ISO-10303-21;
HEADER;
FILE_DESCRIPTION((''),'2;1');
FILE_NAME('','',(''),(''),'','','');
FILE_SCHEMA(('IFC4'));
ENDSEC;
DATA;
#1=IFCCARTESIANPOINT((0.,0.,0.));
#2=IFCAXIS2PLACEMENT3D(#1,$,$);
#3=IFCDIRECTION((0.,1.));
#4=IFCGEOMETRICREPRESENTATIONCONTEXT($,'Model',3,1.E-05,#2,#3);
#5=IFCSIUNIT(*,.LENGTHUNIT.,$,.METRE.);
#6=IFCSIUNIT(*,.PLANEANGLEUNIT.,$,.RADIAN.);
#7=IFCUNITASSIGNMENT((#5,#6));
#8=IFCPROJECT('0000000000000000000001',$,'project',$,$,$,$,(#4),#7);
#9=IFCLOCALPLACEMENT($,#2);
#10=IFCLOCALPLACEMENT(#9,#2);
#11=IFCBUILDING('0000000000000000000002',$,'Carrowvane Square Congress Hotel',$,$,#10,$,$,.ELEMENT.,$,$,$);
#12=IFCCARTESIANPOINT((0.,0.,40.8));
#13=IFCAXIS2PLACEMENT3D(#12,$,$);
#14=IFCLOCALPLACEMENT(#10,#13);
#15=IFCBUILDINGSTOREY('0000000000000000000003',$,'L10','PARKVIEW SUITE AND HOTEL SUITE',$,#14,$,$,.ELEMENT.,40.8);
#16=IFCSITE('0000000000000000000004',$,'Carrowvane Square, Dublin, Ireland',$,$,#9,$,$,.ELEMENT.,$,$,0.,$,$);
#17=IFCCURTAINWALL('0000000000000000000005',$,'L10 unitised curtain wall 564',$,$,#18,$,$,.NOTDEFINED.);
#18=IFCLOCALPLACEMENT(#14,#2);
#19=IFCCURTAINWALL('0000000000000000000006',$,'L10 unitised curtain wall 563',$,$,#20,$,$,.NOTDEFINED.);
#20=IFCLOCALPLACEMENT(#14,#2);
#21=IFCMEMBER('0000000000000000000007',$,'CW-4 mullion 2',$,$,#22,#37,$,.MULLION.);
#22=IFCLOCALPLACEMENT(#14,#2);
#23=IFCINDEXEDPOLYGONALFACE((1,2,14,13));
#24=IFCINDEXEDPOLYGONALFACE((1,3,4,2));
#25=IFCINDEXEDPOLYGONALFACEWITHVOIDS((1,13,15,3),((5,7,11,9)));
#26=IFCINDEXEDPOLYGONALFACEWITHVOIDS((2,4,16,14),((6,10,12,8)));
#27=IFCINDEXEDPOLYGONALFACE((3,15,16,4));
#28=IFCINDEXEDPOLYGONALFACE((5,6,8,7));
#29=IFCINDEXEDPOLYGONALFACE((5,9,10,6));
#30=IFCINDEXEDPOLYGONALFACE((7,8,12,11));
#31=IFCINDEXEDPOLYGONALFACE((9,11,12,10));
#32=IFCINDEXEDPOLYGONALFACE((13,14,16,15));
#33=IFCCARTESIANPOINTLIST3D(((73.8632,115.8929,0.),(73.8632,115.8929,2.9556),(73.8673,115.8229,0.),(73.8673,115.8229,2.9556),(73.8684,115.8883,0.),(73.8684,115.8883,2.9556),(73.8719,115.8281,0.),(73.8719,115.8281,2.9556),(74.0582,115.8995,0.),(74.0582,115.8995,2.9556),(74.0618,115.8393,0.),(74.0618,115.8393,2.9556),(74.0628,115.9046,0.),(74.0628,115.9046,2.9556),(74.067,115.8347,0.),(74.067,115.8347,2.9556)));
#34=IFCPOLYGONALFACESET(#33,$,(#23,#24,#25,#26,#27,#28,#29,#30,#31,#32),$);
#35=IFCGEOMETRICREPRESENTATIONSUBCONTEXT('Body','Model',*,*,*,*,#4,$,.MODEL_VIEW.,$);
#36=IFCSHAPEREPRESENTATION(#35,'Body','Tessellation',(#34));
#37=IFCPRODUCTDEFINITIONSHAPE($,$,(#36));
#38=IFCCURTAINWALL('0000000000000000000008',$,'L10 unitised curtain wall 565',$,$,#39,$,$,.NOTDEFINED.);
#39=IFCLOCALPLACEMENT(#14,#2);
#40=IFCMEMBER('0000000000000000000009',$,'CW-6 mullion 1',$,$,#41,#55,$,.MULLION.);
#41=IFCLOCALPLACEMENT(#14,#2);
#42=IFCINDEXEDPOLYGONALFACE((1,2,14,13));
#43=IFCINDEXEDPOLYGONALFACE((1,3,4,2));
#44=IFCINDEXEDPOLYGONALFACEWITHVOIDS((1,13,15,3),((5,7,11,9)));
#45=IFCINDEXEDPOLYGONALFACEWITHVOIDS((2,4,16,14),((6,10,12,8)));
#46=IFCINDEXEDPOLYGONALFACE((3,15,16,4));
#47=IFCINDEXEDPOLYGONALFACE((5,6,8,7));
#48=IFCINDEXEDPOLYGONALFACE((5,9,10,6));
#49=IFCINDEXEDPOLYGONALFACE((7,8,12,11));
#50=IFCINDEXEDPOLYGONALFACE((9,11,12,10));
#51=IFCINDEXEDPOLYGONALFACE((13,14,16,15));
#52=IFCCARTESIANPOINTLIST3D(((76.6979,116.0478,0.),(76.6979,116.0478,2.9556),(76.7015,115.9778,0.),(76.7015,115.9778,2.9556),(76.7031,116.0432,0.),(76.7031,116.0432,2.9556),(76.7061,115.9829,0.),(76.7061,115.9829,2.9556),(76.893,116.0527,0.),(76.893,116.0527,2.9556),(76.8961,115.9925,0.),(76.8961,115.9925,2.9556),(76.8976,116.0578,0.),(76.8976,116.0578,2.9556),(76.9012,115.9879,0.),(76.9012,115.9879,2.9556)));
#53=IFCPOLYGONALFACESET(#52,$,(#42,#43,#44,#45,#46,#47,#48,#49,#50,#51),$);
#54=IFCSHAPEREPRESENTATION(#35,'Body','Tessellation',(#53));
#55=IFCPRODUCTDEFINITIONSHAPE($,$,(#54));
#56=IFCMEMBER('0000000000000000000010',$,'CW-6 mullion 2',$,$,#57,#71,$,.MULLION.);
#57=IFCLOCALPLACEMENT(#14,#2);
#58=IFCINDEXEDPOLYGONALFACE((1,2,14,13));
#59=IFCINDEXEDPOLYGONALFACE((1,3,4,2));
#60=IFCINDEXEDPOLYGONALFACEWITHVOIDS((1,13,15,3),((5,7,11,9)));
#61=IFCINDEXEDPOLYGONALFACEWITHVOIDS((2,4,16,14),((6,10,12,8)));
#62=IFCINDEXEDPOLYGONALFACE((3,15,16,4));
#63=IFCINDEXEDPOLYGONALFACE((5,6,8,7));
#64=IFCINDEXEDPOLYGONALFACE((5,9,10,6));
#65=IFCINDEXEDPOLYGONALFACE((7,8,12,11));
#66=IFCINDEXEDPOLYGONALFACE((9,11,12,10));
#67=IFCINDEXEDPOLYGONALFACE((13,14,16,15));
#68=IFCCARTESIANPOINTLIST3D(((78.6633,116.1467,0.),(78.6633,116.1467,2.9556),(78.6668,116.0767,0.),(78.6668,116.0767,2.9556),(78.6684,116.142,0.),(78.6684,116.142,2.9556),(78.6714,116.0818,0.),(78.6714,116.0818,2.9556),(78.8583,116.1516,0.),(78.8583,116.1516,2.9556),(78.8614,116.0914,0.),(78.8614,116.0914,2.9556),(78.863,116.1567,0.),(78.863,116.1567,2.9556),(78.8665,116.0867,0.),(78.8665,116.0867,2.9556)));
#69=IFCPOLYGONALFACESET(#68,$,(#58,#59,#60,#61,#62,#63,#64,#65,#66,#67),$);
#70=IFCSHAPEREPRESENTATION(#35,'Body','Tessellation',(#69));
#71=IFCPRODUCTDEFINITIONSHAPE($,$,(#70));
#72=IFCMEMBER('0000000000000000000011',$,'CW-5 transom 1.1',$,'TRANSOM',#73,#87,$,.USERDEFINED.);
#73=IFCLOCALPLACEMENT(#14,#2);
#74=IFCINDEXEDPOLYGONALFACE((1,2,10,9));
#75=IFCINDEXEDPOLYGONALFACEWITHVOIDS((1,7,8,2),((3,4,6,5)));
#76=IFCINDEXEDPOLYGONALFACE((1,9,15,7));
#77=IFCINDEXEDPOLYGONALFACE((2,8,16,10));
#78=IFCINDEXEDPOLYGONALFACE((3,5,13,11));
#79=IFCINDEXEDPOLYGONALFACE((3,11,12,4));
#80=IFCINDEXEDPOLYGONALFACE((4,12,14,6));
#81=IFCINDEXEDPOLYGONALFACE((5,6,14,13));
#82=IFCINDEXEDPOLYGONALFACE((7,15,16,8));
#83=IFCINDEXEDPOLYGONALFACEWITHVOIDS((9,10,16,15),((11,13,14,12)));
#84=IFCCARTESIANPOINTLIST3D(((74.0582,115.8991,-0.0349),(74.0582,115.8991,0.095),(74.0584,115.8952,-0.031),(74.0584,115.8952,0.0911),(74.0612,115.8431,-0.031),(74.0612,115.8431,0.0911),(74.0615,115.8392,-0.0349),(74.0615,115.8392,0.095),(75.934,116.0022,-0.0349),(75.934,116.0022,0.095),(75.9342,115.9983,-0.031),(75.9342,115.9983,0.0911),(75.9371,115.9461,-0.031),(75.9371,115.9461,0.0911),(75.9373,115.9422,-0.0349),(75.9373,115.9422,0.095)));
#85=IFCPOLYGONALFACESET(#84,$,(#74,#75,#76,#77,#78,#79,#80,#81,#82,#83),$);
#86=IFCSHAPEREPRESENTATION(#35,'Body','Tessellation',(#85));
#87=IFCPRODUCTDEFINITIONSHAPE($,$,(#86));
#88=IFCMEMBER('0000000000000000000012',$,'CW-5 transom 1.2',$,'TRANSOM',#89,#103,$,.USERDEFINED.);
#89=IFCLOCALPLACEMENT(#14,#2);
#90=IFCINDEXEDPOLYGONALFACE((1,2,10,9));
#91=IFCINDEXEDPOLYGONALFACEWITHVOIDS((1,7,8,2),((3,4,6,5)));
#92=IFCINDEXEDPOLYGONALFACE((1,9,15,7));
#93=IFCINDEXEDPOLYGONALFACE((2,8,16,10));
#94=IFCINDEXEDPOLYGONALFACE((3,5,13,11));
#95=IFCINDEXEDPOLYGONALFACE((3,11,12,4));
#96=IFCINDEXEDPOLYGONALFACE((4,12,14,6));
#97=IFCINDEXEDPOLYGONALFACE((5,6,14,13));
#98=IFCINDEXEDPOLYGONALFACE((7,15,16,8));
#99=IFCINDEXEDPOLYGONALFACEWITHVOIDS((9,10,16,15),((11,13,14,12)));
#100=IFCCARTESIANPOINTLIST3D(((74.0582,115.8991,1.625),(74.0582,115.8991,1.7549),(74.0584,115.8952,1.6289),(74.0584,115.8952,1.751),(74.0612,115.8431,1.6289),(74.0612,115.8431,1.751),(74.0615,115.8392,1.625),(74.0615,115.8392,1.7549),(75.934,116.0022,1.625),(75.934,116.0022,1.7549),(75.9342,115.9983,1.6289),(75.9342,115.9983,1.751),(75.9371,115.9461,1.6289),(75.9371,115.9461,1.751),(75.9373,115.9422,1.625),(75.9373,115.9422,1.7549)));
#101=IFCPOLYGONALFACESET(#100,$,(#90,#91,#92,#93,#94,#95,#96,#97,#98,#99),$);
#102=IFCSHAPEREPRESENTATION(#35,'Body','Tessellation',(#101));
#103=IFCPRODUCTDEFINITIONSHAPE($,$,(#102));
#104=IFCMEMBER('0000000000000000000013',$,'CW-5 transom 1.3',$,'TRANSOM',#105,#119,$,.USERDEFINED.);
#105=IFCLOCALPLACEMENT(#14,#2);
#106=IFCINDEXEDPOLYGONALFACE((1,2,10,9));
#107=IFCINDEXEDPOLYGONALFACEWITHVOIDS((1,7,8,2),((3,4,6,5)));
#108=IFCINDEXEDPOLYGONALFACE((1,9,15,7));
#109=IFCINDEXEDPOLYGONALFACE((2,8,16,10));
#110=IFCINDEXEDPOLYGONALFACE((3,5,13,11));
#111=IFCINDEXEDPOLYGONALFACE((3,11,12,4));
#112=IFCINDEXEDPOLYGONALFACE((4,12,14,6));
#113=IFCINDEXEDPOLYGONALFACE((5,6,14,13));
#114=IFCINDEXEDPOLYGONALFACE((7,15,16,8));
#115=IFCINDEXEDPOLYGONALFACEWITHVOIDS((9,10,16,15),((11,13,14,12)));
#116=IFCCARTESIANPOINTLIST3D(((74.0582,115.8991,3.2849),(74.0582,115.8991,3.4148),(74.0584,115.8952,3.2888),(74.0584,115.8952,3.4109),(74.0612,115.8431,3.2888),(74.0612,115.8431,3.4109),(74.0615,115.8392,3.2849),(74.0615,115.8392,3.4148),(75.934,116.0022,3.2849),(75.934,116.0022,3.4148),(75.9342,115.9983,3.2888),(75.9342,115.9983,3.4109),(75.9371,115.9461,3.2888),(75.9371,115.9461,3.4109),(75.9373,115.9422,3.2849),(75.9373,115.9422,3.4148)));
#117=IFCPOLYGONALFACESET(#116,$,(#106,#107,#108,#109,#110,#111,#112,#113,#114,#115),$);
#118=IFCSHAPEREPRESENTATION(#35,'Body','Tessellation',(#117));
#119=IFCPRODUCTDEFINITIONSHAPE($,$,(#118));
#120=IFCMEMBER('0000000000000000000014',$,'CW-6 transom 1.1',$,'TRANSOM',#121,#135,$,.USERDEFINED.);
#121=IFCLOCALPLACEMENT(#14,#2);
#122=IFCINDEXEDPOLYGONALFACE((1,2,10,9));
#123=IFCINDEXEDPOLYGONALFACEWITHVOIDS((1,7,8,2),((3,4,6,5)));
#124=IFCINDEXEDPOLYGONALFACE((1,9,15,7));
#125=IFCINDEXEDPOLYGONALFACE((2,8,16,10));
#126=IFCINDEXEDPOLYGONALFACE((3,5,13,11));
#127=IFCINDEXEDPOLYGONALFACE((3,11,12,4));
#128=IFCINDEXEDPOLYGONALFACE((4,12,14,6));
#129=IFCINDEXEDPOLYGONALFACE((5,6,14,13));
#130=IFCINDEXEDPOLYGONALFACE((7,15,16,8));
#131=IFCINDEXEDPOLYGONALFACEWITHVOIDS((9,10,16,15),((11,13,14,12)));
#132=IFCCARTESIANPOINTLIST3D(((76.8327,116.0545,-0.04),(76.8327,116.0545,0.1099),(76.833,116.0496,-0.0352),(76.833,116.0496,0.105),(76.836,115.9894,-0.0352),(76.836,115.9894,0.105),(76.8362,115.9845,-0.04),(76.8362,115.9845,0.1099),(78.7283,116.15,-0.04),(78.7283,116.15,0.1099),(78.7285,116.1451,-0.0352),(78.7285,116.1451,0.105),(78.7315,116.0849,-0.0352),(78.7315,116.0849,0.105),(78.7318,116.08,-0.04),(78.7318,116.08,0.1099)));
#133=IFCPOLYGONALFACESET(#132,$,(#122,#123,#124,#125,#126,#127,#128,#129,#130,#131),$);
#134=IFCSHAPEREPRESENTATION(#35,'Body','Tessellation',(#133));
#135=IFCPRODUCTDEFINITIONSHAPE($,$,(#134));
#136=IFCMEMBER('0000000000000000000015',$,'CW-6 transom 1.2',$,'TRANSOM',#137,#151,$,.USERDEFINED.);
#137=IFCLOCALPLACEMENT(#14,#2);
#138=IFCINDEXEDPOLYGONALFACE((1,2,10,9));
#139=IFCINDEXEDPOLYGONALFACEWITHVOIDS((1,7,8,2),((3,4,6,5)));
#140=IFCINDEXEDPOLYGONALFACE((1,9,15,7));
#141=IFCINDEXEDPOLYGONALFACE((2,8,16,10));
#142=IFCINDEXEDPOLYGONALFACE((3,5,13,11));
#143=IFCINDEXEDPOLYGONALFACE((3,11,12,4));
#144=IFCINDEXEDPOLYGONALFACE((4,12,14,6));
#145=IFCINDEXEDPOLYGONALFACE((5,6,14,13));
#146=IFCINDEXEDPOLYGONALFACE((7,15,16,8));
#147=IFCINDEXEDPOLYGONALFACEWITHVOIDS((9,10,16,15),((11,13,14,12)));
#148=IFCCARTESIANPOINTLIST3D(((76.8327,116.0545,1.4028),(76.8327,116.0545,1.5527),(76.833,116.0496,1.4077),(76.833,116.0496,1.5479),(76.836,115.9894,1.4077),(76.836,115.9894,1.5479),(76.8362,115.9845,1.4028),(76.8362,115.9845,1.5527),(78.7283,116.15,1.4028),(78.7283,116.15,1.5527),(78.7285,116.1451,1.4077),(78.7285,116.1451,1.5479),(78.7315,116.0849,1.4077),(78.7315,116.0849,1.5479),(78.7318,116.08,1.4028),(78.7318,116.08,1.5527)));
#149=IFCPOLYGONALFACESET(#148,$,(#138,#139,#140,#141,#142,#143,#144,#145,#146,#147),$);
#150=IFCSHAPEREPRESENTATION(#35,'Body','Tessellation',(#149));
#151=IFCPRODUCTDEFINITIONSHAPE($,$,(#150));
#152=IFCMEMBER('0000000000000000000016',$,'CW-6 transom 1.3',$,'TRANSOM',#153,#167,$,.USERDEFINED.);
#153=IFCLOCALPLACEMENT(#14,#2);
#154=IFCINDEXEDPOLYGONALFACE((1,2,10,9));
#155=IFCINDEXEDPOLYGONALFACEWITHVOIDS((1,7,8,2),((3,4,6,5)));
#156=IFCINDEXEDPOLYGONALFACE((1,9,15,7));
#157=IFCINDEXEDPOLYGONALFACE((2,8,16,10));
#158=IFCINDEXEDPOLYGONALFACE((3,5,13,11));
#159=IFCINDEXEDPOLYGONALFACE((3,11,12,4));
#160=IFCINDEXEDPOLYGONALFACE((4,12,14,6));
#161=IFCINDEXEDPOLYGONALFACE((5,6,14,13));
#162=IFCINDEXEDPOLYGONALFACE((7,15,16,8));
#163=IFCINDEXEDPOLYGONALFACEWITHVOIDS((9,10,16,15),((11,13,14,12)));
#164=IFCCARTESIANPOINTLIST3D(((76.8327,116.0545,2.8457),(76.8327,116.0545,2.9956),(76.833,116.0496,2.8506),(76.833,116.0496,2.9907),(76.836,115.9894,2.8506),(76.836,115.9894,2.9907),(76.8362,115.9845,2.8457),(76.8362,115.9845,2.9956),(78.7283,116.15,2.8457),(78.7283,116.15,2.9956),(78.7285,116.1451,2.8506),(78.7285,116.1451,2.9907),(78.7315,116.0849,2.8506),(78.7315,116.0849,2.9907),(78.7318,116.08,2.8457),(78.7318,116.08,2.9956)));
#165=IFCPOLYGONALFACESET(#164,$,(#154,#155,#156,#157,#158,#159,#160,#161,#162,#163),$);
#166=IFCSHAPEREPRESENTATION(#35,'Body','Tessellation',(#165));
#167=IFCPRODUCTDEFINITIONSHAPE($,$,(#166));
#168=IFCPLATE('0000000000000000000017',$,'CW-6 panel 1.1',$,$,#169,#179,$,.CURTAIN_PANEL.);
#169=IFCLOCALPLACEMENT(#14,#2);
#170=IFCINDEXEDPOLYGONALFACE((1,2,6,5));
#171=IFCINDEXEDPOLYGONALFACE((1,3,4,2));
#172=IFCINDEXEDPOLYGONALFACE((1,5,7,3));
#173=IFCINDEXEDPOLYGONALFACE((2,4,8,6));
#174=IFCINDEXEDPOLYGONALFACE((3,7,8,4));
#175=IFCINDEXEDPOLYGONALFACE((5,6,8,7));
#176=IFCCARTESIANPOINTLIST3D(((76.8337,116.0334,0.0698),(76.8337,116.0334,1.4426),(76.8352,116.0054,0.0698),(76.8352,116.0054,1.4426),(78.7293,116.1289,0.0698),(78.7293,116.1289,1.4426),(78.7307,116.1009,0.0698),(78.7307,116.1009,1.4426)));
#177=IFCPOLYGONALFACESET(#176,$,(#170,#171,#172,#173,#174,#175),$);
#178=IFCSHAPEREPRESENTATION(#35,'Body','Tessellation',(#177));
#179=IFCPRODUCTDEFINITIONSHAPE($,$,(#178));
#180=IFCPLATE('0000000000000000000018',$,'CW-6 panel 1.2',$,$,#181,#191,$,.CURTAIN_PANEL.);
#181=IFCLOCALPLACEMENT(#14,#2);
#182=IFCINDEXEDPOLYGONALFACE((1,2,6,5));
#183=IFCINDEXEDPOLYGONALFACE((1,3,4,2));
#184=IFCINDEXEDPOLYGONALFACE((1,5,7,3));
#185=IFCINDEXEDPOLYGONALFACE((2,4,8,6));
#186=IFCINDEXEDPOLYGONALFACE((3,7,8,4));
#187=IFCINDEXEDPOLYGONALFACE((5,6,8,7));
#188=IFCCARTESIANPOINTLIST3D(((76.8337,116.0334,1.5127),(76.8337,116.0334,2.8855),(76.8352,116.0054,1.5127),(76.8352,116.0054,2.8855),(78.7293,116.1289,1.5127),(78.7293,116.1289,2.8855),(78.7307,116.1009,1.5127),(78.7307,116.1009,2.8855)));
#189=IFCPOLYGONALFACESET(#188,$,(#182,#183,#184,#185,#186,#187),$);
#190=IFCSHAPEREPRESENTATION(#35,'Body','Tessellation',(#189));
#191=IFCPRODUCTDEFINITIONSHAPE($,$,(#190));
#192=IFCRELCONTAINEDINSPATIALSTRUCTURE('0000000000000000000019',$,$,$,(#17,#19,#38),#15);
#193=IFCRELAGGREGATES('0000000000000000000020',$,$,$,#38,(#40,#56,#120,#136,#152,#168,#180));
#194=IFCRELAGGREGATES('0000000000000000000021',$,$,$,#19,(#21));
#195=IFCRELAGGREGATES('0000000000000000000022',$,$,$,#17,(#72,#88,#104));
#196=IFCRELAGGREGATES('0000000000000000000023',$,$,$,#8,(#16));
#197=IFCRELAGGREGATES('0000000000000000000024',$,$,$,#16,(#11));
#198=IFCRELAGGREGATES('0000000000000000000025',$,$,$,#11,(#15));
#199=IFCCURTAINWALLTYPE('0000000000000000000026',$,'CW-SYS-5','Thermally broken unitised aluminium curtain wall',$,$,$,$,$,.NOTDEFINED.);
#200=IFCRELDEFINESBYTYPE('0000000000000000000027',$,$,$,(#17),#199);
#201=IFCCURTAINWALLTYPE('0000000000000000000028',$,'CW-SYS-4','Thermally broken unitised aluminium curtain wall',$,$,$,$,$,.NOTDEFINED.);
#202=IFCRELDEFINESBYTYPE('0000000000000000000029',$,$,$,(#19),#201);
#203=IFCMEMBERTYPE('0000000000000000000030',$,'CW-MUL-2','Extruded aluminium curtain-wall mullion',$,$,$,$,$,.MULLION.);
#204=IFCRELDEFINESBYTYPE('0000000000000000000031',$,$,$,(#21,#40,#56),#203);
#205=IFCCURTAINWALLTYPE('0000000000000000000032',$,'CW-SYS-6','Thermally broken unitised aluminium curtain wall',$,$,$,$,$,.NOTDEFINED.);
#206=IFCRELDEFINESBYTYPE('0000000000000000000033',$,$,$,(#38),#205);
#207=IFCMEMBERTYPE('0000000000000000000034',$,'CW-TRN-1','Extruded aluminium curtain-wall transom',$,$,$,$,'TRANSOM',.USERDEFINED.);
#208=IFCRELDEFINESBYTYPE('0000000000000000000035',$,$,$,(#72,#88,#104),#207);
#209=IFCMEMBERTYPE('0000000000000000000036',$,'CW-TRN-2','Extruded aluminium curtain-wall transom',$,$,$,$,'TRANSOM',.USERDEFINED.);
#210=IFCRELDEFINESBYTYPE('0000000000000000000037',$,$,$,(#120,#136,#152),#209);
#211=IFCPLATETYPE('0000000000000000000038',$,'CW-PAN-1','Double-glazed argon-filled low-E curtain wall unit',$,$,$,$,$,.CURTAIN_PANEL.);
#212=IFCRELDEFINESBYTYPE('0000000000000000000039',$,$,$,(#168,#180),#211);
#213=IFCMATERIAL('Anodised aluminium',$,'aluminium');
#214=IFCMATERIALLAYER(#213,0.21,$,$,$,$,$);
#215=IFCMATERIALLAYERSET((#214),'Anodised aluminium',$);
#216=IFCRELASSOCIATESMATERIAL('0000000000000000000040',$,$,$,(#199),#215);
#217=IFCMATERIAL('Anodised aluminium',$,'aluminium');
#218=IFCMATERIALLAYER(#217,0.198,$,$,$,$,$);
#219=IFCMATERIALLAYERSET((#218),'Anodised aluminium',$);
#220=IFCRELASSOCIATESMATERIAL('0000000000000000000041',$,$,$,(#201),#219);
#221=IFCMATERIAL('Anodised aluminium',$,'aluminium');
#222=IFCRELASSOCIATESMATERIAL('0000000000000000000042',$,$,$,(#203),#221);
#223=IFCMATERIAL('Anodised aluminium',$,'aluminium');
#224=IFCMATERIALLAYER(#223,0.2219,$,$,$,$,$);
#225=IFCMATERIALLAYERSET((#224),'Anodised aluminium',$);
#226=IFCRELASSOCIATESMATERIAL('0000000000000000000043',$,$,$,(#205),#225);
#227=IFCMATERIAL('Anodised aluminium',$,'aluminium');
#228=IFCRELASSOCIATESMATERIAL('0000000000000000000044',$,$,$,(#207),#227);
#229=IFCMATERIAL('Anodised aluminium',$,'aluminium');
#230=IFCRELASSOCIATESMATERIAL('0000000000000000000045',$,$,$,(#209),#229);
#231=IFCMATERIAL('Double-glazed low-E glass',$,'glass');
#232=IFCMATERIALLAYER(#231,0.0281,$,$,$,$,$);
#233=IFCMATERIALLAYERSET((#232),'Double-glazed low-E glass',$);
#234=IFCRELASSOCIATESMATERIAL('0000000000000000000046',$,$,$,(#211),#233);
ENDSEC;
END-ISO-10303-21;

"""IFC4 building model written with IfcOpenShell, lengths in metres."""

from ifc_helpers import new_model, si_unit, direction, frame, origin, origin_2d, place, context, subcontext, project, spatial, rectangle, hollow_rectangle, extrude, material, layer, layer_set, material_profile, profile_set, type_object, element, aggregate, save


model = new_model("IFC4")

# Units and contexts
model_context = context("Model", 3, precision=1e-05, world=origin(), true_north=direction((0.0, 1.0)))
body_context = subcontext(model_context, "Body", "Model", "MODEL_VIEW")
ifc_project = project(units=[si_unit("LENGTHUNIT", "METRE"), si_unit("PLANEANGLEUNIT", "RADIAN")], contexts=[model_context])

# Site, building, storey
site_placement = place(None, origin())
site = spatial("IfcSite", under=ifc_project, at=site_placement, Name="Carrowvane Square, Dublin, Ireland", CompositionType="ELEMENT", RefElevation=0.0)
building_placement = place(site_placement, origin())
building = spatial("IfcBuilding", under=site, at=building_placement, Name="Carrowvane Square Congress Hotel", CompositionType="ELEMENT")
storey_placement = place(building_placement, frame((0.0, 0.0, 40.8)))
storey = spatial("IfcBuildingStorey", under=building, at=storey_placement, Name="L10", Description="PARKVIEW SUITE AND HOTEL SUITE", CompositionType="ELEMENT", Elevation=40.8)

# Curtain wall
ifc_material_1 = material(Name="Anodised aluminium", Category="aluminium")
ifc_layer_1 = layer(ifc_material_1, 0.21)
ifc_layer_set_1 = layer_set([ifc_layer_1], Name="Anodised aluminium")
curtain_wall_type_1 = type_object("IfcCurtainWallType", Name="CW-SYS-5", Description="Thermally broken unitised aluminium curtain wall", PredefinedType="NOTDEFINED", material=ifc_layer_set_1)
curtain_wall_1_placement = place(storey_placement, origin())
curtain_wall_1 = element("IfcCurtainWall", 1, at=curtain_wall_1_placement, inside=storey, type_object=curtain_wall_type_1, Name="L10 unitised curtain wall 564", PredefinedType="NOTDEFINED")

# Curtain wall, member
ifc_material_2 = material(Name="Anodised aluminium", Category="aluminium")
ifc_layer_2 = layer(ifc_material_2, 0.198)
ifc_layer_set_2 = layer_set([ifc_layer_2], Name="Anodised aluminium")
curtain_wall_type_2 = type_object("IfcCurtainWallType", Name="CW-SYS-4", Description="Thermally broken unitised aluminium curtain wall", PredefinedType="NOTDEFINED", material=ifc_layer_set_2)
curtain_wall_2_placement = place(storey_placement, origin())
curtain_wall_2 = element("IfcCurtainWall", 2, at=curtain_wall_2_placement, inside=storey, type_object=curtain_wall_type_2, Name="L10 unitised curtain wall 563", PredefinedType="NOTDEFINED")
ifc_material_3 = material(Name="Anodised aluminium", Category="aluminium")
ifc_material_profile_1 = material_profile(ifc_material_3, hollow_rectangle(XDim=0.0701, YDim=0.2, WallThickness=0.0049, at=origin_2d()), Name="CW-ML 70x200x5")
ifc_profile_set_1 = profile_set([ifc_material_profile_1], Name="Anodised aluminium")
member_type_1 = type_object("IfcMemberType", Name="CW-MUL-2", Description="Extruded aluminium curtain-wall mullion", PredefinedType="MULLION", material=ifc_profile_set_1)
member_1_placement = place(storey_placement, frame((73.9651, 115.8638, 0.0), z_axis=(0.0, 0.0, 1.0), x_axis=(-0.058851, 0.998267, 0.0)))
member_1 = element("IfcMember", 3, at=member_1_placement, type_object=member_type_1, Name="CW-4 mullion 2", PredefinedType="MULLION", context=body_context, shape_type="SweptSolid", body=[
    extrude(hollow_rectangle(XDim=0.0701, YDim=0.2, WallThickness=0.0049, at=origin_2d()), origin(), (0.0, 0.0, 1.0), 2.9556),
])

# Curtain wall, members
ifc_material_4 = material(Name="Anodised aluminium", Category="aluminium")
ifc_layer_3 = layer(ifc_material_4, 0.2219)
ifc_layer_set_3 = layer_set([ifc_layer_3], Name="Anodised aluminium")
curtain_wall_type_3 = type_object("IfcCurtainWallType", Name="CW-SYS-6", Description="Thermally broken unitised aluminium curtain wall", PredefinedType="NOTDEFINED", material=ifc_layer_set_3)
curtain_wall_3_placement = place(storey_placement, origin())
curtain_wall_3 = element("IfcCurtainWall", 4, at=curtain_wall_3_placement, inside=storey, type_object=curtain_wall_type_3, Name="L10 unitised curtain wall 565", PredefinedType="NOTDEFINED")
member_2_placement = place(storey_placement, frame((76.7996, 116.0178, 0.0), z_axis=(0.0, 0.0, 1.0), x_axis=(-0.050324, 0.998733, 0.0)))
member_2 = element("IfcMember", 5, at=member_2_placement, type_object=member_type_1, Name="CW-6 mullion 1", PredefinedType="MULLION", context=body_context, shape_type="SweptSolid", body=[
    extrude(hollow_rectangle(XDim=0.0701, YDim=0.2, WallThickness=0.0049, at=origin_2d()), origin(), (0.0, 0.0, 1.0), 2.9556),
])
member_3_placement = place(storey_placement, frame((78.7649, 116.1167, 0.0), z_axis=(0.0, 0.0, 1.0), x_axis=(-0.050324, 0.998733, 0.0)))
member_3 = element("IfcMember", 6, at=member_3_placement, type_object=member_type_1, Name="CW-6 mullion 2", PredefinedType="MULLION", context=body_context, shape_type="SweptSolid", body=[
    extrude(hollow_rectangle(XDim=0.0701, YDim=0.2, WallThickness=0.0049, at=origin_2d()), origin(), (0.0, 0.0, 1.0), 2.9556),
])

# Members
ifc_material_5 = material(Name="Anodised aluminium", Category="aluminium")
ifc_material_profile_2 = material_profile(ifc_material_5, hollow_rectangle(XDim=0.0601, YDim=0.1299, WallThickness=0.0039, at=origin_2d()), Name="CW-TR 60x130x4")
ifc_profile_set_2 = profile_set([ifc_material_profile_2], Name="Anodised aluminium")
member_type_2 = type_object("IfcMemberType", Name="CW-TRN-1", Description="Extruded aluminium curtain-wall transom", ElementType="TRANSOM", PredefinedType="USERDEFINED", material=ifc_profile_set_2)
member_4_placement = place(storey_placement, frame((74.0598, 115.8691, 0.03), z_axis=(0.998495, 0.054844, 0.0), x_axis=(-0.054844, 0.998495, 0.0)))
member_4 = element("IfcMember", 7, at=member_4_placement, type_object=member_type_2, Name="CW-5 transom 1.1", ObjectType="TRANSOM", PredefinedType="USERDEFINED", context=body_context, shape_type="SweptSolid", body=[
    extrude(hollow_rectangle(XDim=0.0601, YDim=0.1299, WallThickness=0.0039, at=origin_2d()), origin(), (0.0, 0.0, 1.0), 1.8787),
])
member_5_placement = place(storey_placement, frame((74.0598, 115.8691, 1.6899), z_axis=(0.998495, 0.054844, 0.0), x_axis=(-0.054844, 0.998495, 0.0)))
member_5 = element("IfcMember", 8, at=member_5_placement, type_object=member_type_2, Name="CW-5 transom 1.2", ObjectType="TRANSOM", PredefinedType="USERDEFINED", context=body_context, shape_type="SweptSolid", body=[
    extrude(hollow_rectangle(XDim=0.0601, YDim=0.1299, WallThickness=0.0039, at=origin_2d()), origin(), (0.0, 0.0, 1.0), 1.8787),
])
member_6_placement = place(storey_placement, frame((74.0598, 115.8691, 3.3499), z_axis=(0.998495, 0.054844, 0.0), x_axis=(-0.054844, 0.998495, 0.0)))
member_6 = element("IfcMember", 9, at=member_6_placement, type_object=member_type_2, Name="CW-5 transom 1.3", ObjectType="TRANSOM", PredefinedType="USERDEFINED", context=body_context, shape_type="SweptSolid", body=[
    extrude(hollow_rectangle(XDim=0.0601, YDim=0.1299, WallThickness=0.0039, at=origin_2d()), origin(), (0.0, 0.0, 1.0), 1.8787),
])
ifc_material_6 = material(Name="Anodised aluminium", Category="aluminium")
ifc_material_profile_3 = material_profile(ifc_material_6, hollow_rectangle(XDim=0.0701, YDim=0.1499, WallThickness=0.0049, at=origin_2d()), Name="CW-TR 70x150x5")
ifc_profile_set_3 = profile_set([ifc_material_profile_3], Name="Anodised aluminium")
member_type_3 = type_object("IfcMemberType", Name="CW-TRN-2", Description="Extruded aluminium curtain-wall transom", ElementType="TRANSOM", PredefinedType="USERDEFINED", material=ifc_profile_set_3)
member_7_placement = place(storey_placement, frame((76.8345, 116.0195, 0.0349), z_axis=(0.998734, 0.050297, 0.0), x_axis=(-0.050297, 0.998734, 0.0)))
member_7 = element("IfcMember", 10, at=member_7_placement, type_object=member_type_3, Name="CW-6 transom 1.1", ObjectType="TRANSOM", PredefinedType="USERDEFINED", context=body_context, shape_type="SweptSolid", body=[
    extrude(hollow_rectangle(XDim=0.0701, YDim=0.1499, WallThickness=0.0049, at=origin_2d()), origin(), (0.0, 0.0, 1.0), 1.8979),
])
member_8_placement = place(storey_placement, frame((76.8345, 116.0195, 1.4778), z_axis=(0.998734, 0.050297, 0.0), x_axis=(-0.050297, 0.998734, 0.0)))
member_8 = element("IfcMember", 11, at=member_8_placement, type_object=member_type_3, Name="CW-6 transom 1.2", ObjectType="TRANSOM", PredefinedType="USERDEFINED", context=body_context, shape_type="SweptSolid", body=[
    extrude(hollow_rectangle(XDim=0.0701, YDim=0.1499, WallThickness=0.0049, at=origin_2d()), origin(), (0.0, 0.0, 1.0), 1.8979),
])
member_9_placement = place(storey_placement, frame((76.8345, 116.0195, 2.9207), z_axis=(0.998734, 0.050297, 0.0), x_axis=(-0.050297, 0.998734, 0.0)))
member_9 = element("IfcMember", 12, at=member_9_placement, type_object=member_type_3, Name="CW-6 transom 1.3", ObjectType="TRANSOM", PredefinedType="USERDEFINED", context=body_context, shape_type="SweptSolid", body=[
    extrude(hollow_rectangle(XDim=0.0701, YDim=0.1499, WallThickness=0.0049, at=origin_2d()), origin(), (0.0, 0.0, 1.0), 1.8979),
])

# Plates
ifc_material_7 = material(Name="Double-glazed low-E glass", Category="glass")
ifc_layer_4 = layer(ifc_material_7, 0.0281)
ifc_layer_set_4 = layer_set([ifc_layer_4], Name="Double-glazed low-E glass")
plate_type_1 = type_object("IfcPlateType", Name="CW-PAN-1", Description="Double-glazed argon-filled low-E curtain wall unit", PredefinedType="CURTAIN_PANEL", material=ifc_layer_set_4)
plate_1_placement = place(storey_placement, frame((77.7822, 116.0671, 0.0698), z_axis=(0.0, 0.0, 1.0), x_axis=(0.998733, 0.050324, 0.0)))
plate_1 = element("IfcPlate", 13, at=plate_1_placement, type_object=plate_type_1, Name="CW-6 panel 1.1", PredefinedType="CURTAIN_PANEL", context=body_context, shape_type="SweptSolid", body=[
    extrude(rectangle(XDim=1.8979, YDim=0.0281, at=origin_2d()), origin(), (0.0, 0.0, 1.0), 1.3728),
])
plate_2_placement = place(storey_placement, frame((77.7822, 116.0671, 1.5127), z_axis=(0.0, 0.0, 1.0), x_axis=(0.998733, 0.050324, 0.0)))
plate_2 = element("IfcPlate", 14, at=plate_2_placement, type_object=plate_type_1, Name="CW-6 panel 1.2", PredefinedType="CURTAIN_PANEL", context=body_context, shape_type="SweptSolid", body=[
    extrude(rectangle(XDim=1.8979, YDim=0.0281, at=origin_2d()), origin(), (0.0, 0.0, 1.0), 1.3728),
])
aggregate(curtain_wall_3, [member_2, member_3, member_7, member_8, member_9, plate_1, plate_2])
aggregate(curtain_wall_2, [member_1])
aggregate(curtain_wall_1, [member_4, member_5, member_6])

save(model, "model.ifc")
